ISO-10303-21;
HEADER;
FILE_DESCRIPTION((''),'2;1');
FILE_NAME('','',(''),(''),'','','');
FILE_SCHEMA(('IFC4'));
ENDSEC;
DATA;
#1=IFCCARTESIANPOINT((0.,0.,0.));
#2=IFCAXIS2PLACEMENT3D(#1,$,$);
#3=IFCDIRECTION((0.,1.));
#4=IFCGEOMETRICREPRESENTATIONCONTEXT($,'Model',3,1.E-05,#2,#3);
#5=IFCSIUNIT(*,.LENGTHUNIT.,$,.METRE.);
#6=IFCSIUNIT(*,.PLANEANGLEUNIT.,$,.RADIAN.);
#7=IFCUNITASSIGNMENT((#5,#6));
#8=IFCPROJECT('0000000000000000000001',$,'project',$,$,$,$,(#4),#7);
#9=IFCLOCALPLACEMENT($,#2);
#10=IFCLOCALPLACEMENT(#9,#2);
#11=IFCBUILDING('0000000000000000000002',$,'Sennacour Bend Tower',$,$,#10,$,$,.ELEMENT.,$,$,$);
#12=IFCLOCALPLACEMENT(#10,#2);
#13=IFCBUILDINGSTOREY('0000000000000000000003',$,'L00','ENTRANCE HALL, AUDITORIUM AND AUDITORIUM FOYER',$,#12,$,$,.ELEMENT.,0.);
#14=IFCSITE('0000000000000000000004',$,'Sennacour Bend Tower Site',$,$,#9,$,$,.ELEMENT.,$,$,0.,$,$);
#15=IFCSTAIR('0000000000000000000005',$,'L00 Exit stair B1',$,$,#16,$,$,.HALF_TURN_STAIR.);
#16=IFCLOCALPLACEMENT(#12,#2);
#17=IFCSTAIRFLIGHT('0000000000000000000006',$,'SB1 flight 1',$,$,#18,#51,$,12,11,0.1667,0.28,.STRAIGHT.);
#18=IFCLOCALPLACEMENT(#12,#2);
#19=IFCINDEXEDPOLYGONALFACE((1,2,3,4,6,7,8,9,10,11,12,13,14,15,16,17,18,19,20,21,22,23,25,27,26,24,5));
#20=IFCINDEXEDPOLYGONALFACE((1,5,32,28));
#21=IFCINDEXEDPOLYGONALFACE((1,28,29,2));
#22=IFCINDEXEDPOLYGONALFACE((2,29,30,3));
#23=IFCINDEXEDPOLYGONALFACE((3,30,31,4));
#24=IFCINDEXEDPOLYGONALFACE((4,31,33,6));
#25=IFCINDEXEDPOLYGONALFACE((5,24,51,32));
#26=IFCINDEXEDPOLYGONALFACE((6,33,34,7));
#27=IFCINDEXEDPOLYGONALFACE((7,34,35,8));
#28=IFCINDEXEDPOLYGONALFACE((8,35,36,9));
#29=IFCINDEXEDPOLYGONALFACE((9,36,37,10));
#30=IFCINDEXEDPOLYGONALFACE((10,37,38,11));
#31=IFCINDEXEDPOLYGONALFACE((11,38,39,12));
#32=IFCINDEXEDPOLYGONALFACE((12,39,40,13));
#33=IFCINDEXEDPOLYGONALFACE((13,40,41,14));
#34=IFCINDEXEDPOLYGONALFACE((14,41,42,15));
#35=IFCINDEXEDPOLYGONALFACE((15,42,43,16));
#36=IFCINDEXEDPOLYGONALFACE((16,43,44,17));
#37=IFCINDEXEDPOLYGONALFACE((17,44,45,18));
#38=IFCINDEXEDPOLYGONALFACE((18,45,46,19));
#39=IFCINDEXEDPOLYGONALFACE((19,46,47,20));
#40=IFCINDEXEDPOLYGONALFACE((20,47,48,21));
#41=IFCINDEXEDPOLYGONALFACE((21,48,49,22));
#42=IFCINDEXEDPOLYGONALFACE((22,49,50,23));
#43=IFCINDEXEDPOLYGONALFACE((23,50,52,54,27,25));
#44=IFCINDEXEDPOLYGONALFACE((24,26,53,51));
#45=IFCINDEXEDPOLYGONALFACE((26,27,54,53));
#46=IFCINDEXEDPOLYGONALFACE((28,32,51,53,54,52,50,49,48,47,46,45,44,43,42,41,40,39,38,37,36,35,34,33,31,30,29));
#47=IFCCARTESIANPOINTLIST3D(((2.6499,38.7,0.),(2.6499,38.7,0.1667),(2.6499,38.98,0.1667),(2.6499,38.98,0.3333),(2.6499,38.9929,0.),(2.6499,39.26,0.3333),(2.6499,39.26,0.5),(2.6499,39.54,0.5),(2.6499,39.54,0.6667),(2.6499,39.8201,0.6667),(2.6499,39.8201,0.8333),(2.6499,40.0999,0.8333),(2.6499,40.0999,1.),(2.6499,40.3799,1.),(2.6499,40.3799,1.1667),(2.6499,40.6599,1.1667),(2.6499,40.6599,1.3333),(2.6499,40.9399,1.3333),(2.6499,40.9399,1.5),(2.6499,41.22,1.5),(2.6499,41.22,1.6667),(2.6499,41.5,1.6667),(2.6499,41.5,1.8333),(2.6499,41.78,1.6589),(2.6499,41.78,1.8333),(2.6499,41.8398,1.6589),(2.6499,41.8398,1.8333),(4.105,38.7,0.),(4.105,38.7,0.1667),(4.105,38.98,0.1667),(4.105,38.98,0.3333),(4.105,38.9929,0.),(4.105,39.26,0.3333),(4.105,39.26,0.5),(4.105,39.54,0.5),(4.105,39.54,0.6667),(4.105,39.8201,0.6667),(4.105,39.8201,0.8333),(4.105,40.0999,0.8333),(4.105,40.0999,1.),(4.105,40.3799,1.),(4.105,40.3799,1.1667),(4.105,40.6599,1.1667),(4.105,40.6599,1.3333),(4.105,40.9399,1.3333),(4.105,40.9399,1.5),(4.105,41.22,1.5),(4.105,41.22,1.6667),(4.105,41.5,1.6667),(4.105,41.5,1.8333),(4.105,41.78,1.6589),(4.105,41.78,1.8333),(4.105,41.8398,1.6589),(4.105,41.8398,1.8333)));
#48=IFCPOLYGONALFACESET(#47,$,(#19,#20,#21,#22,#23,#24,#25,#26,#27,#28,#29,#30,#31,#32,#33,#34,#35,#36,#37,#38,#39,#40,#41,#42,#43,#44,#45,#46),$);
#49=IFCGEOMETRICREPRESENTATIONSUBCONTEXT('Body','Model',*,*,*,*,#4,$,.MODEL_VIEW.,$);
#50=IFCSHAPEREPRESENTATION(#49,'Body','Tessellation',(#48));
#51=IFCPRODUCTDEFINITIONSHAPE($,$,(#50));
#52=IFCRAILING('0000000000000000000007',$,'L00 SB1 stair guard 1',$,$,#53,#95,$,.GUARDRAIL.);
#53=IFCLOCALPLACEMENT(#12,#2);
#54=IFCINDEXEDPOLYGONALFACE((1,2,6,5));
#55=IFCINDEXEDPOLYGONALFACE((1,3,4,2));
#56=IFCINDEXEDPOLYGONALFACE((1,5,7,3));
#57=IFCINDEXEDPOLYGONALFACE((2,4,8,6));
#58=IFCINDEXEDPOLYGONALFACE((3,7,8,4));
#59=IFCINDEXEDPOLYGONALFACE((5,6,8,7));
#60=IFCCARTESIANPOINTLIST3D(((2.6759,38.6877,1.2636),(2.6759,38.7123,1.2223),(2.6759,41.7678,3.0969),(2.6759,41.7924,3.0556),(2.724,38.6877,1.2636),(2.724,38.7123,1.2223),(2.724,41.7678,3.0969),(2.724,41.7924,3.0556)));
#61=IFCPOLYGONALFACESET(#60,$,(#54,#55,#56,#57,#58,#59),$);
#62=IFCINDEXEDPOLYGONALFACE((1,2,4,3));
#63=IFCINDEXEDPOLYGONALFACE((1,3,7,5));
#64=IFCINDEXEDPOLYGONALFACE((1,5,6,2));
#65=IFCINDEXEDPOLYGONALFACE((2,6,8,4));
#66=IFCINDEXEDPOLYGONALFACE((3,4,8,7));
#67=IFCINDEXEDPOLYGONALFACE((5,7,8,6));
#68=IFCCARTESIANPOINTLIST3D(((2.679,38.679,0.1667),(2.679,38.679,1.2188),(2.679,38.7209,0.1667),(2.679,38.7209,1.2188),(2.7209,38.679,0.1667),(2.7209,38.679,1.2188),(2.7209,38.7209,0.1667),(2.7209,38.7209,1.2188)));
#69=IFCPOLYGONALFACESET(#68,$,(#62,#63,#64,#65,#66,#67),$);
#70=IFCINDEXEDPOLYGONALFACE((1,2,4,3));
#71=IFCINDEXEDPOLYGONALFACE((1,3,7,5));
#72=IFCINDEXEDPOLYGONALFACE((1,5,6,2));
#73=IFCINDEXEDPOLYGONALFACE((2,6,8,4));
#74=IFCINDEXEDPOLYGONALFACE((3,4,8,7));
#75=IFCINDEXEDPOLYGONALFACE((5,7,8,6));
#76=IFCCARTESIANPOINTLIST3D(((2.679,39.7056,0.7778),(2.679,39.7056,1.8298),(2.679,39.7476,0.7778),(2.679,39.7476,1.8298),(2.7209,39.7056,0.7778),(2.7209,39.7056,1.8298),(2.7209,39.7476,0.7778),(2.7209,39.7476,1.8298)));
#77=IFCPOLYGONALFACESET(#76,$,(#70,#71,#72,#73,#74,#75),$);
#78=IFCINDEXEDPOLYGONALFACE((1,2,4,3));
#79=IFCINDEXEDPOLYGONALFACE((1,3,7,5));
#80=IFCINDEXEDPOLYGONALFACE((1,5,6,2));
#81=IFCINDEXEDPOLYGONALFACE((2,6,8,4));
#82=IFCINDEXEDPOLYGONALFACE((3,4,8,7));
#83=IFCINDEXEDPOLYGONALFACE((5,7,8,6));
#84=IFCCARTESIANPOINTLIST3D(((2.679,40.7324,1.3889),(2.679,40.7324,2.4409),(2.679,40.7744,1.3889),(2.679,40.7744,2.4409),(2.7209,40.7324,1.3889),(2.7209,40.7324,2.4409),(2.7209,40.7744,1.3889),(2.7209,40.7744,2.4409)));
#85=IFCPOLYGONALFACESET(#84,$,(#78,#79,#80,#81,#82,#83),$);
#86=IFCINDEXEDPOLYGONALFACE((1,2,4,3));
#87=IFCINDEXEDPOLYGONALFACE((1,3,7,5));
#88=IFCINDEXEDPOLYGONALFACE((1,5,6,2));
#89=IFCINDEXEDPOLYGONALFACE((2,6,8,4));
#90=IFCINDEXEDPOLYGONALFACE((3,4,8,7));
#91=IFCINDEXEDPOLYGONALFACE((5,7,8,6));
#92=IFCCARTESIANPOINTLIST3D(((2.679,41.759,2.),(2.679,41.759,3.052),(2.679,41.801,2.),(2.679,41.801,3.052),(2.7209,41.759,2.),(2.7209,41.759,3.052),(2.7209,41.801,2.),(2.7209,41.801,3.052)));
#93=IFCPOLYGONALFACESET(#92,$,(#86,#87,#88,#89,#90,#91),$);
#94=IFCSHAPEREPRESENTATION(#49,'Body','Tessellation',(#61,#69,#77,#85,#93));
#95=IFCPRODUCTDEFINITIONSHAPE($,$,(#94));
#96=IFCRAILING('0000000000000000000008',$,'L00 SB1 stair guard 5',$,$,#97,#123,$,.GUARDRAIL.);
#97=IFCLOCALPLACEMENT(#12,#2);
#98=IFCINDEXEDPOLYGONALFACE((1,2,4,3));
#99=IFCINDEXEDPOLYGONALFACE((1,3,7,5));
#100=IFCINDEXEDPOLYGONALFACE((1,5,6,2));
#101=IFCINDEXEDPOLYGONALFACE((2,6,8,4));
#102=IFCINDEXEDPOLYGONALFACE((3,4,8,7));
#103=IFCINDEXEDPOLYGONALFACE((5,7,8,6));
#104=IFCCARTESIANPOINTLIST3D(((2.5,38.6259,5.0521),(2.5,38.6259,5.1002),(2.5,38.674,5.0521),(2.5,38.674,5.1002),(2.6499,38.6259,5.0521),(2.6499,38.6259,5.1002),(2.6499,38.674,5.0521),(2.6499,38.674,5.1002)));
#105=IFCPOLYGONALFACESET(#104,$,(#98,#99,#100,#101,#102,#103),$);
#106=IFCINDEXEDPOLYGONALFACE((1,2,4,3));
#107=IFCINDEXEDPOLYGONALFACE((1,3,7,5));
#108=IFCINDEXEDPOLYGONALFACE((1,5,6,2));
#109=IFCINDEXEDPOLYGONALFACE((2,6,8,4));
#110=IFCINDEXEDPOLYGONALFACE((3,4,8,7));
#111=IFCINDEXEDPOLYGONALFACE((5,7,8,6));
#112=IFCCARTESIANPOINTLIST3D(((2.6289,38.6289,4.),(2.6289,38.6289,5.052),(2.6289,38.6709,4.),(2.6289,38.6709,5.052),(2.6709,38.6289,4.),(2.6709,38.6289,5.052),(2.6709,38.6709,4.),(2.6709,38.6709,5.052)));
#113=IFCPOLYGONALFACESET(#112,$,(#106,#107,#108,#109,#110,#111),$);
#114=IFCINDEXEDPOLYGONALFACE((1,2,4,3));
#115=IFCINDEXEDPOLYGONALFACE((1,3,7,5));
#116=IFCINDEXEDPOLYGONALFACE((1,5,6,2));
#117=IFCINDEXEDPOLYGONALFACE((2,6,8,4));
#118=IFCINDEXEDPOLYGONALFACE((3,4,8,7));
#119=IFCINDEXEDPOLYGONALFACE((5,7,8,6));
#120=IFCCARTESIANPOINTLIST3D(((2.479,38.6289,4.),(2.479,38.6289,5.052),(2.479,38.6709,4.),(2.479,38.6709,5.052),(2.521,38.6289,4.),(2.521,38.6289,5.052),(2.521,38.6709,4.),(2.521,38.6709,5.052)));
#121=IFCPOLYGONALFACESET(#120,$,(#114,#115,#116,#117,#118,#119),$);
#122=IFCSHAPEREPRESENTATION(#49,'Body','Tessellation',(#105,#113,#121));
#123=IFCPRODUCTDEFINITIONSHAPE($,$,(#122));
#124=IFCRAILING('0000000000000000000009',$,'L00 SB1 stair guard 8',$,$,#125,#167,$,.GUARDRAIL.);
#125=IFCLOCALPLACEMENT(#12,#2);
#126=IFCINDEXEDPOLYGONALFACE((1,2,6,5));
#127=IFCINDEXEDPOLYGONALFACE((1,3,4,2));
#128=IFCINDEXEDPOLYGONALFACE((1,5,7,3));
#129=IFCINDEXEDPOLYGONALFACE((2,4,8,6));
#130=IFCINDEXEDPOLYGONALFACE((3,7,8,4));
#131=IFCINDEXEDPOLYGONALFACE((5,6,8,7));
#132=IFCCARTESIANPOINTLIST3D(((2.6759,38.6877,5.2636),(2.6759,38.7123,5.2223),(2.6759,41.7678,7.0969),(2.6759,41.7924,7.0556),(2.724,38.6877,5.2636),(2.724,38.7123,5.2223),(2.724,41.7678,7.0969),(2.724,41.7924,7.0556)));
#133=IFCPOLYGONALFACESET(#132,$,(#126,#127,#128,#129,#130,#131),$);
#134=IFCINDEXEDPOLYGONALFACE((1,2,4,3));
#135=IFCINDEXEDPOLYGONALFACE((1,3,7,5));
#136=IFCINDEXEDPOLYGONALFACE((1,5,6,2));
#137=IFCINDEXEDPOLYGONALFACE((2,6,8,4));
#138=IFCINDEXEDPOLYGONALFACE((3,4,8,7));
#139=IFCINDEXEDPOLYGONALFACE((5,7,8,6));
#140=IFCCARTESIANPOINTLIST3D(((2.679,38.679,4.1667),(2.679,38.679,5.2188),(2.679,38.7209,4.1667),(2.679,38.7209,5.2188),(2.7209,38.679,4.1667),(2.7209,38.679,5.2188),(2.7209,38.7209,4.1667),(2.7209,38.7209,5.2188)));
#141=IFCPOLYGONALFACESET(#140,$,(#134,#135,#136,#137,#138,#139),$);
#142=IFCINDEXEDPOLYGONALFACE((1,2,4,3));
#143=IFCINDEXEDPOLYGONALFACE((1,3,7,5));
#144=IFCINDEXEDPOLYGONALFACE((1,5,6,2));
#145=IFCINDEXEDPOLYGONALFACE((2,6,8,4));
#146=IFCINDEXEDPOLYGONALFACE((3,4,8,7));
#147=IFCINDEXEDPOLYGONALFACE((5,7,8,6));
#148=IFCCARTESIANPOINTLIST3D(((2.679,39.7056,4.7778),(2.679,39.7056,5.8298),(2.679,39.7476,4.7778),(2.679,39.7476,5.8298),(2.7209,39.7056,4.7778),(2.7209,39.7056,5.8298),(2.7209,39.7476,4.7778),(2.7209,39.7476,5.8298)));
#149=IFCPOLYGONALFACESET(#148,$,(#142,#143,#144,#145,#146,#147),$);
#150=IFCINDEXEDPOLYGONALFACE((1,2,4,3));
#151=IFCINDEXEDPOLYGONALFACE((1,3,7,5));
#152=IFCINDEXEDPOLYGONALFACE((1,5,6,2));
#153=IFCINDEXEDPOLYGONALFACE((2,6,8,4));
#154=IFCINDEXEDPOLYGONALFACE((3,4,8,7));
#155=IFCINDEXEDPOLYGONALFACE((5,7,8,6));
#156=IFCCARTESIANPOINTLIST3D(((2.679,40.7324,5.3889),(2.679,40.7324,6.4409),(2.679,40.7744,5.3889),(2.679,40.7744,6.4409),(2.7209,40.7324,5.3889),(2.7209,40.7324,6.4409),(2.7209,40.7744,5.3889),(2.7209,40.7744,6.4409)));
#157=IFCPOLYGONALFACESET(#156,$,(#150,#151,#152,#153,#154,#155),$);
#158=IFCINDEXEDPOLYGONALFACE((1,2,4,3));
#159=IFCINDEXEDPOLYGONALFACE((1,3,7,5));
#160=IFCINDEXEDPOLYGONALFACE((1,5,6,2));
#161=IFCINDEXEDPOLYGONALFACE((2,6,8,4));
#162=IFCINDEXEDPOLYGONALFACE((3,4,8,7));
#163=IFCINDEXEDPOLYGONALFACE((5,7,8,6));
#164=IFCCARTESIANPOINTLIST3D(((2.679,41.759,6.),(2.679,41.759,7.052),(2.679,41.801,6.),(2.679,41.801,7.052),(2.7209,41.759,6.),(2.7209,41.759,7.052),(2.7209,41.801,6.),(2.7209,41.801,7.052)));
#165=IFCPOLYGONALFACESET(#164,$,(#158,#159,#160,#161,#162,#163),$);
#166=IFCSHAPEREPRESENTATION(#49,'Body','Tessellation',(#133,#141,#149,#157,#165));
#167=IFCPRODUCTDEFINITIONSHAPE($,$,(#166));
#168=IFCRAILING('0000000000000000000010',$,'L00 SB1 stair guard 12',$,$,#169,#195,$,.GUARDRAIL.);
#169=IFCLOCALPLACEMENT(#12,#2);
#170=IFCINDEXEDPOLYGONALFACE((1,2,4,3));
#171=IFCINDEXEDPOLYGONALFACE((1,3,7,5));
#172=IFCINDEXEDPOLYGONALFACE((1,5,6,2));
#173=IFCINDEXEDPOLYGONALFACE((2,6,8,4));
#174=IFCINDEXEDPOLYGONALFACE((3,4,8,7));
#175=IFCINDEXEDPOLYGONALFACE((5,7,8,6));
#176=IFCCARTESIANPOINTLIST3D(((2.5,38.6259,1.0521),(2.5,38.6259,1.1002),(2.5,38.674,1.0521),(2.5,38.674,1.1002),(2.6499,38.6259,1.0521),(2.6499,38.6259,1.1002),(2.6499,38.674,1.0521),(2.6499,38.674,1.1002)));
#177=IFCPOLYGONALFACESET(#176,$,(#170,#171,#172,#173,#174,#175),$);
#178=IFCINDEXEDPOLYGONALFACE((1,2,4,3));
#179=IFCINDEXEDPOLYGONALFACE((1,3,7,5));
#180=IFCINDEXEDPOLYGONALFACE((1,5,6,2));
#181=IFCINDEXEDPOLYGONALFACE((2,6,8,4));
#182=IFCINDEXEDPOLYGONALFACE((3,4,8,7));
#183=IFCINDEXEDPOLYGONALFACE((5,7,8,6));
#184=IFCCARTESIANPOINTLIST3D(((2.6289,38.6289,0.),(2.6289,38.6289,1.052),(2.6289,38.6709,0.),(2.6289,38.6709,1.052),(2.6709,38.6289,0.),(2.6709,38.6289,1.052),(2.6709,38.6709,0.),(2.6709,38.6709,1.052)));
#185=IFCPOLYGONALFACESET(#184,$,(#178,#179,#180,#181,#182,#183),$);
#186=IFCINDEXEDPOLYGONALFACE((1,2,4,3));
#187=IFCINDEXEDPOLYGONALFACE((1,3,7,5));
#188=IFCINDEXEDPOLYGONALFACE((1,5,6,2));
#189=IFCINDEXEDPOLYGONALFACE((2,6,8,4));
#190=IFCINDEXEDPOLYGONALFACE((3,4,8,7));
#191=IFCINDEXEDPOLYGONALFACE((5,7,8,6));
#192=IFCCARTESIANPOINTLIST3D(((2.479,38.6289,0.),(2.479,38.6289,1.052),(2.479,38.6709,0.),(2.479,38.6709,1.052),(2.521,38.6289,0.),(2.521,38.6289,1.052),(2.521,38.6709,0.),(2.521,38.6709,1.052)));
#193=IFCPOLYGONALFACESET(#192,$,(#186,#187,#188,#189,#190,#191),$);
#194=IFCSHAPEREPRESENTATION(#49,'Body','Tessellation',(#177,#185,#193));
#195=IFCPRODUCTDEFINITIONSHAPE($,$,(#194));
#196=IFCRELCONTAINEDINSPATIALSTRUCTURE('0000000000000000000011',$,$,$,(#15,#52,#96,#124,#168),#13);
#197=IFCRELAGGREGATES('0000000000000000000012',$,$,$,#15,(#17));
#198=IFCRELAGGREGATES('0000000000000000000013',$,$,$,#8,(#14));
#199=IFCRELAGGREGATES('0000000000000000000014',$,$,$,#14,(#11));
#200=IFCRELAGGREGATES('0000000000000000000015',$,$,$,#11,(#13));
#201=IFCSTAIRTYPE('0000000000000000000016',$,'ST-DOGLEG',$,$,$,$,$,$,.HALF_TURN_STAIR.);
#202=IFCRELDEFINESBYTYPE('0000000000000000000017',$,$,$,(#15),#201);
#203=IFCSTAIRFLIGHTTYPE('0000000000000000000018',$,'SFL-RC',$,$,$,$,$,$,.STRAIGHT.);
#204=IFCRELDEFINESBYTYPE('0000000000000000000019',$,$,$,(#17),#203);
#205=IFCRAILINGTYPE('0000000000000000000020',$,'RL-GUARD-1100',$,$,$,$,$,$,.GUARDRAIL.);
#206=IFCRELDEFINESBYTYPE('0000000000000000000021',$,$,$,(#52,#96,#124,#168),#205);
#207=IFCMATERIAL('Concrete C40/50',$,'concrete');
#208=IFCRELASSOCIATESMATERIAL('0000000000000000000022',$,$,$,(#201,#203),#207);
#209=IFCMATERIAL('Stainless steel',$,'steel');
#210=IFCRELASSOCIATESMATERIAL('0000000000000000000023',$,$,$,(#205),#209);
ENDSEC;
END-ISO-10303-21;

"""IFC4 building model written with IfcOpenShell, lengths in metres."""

from ifc_helpers import new_model, si_unit, direction, frame, origin, origin_2d, place, context, subcontext, project, spatial, polyline, rectangle, outline, extrude, material, type_object, element, aggregate, save


model = new_model("IFC4")

# Units and contexts
model_context = context("Model", 3, precision=1e-05, world=origin(), true_north=direction((0.0, 1.0)))
body_context = subcontext(model_context, "Body", "Model", "MODEL_VIEW")
ifc_project = project(units=[si_unit("LENGTHUNIT", "METRE"), si_unit("PLANEANGLEUNIT", "RADIAN")], contexts=[model_context])

# Site, building, storey
site_placement = place(None, origin())
site = spatial("IfcSite", under=ifc_project, at=site_placement, Name="Sennacour Bend Tower Site", CompositionType="ELEMENT", RefElevation=0.0)
building_placement = place(site_placement, origin())
building = spatial("IfcBuilding", under=site, at=building_placement, Name="Sennacour Bend Tower", CompositionType="ELEMENT")
storey_placement = place(building_placement, origin())
storey = spatial("IfcBuildingStorey", under=building, at=storey_placement, Name="L00", Description="ENTRANCE HALL, AUDITORIUM AND AUDITORIUM FOYER", CompositionType="ELEMENT", Elevation=0.0)

# Stair, stair flight
ifc_material_1 = material(Name="Concrete C40/50", Category="concrete")
stair_type = type_object("IfcStairType", Name="ST-DOGLEG", PredefinedType="HALF_TURN_STAIR", material=ifc_material_1)
stair_placement = place(storey_placement, origin())
stair = element("IfcStair", 1, at=stair_placement, inside=storey, type_object=stair_type, Name="L00 Exit stair B1", PredefinedType="HALF_TURN_STAIR")
stair_flight_type = type_object("IfcStairFlightType", Name="SFL-RC", PredefinedType="STRAIGHT", material=ifc_material_1)
stair_flight_placement = place(storey_placement, frame((3.3774, 38.7, 0.0), z_axis=(0.0, 0.0, 1.0), x_axis=(0.0, 1.0, 0.0)))
stair_flight = element("IfcStairFlight", 2, at=stair_flight_placement, type_object=stair_flight_type, Name="SB1 flight 1", NumberOfRisers=12, NumberOfTreads=11, PredefinedType="STRAIGHT", RiserHeight=0.1667, TreadLength=0.28, context=body_context, shape_type="SweptSolid", body=[
    extrude(outline(polyline([(0.0, 0.0), (0.0, 0.1667), (0.28, 0.1667), (0.28, 0.3333), (0.5601, 0.3333), (0.5601, 0.5), (0.8401, 0.5), (0.8401, 0.6667), (1.1201, 0.6667), (1.1201, 0.8333), (1.3999, 0.8333), (1.3999, 1.0), (1.6799, 1.0), (1.6799, 1.1667), (1.96, 1.1667), (1.96, 1.3333), (2.24, 1.3333), (2.24, 1.5), (2.52, 1.5), (2.52, 1.6667), (2.8, 1.6667), (2.8, 1.8333), (3.0801, 1.8333), (3.1399, 1.8333), (3.1399, 1.6589), (3.0801, 1.6589), (0.293, 0.0), (0.0, 0.0)])), frame((0.0, 0.7275, 0.0), z_axis=(0.0, -1.0, 0.0), x_axis=(1.0, 0.0, 0.0)), (0.0, 0.0, 1.0), 1.4551),
])
aggregate(stair, [stair_flight])

# Railings
ifc_material_2 = material(Name="Stainless steel", Category="steel")
railing_type = type_object("IfcRailingType", Name="RL-GUARD-1100", PredefinedType="GUARDRAIL", material=ifc_material_2)
railing_1_placement = place(storey_placement, frame((2.7, 38.7, 0.1667)))
element("IfcRailing", 3, at=railing_1_placement, inside=storey, type_object=railing_type, Name="L00 SB1 stair guard 1", PredefinedType="GUARDRAIL", context=body_context, shape_type="SweptSolid", body=[
    extrude(rectangle(XDim=0.0481, YDim=0.0481, at=origin_2d()), frame((0.0, 0.0, 1.0762), z_axis=(0.0, 0.859309, 0.511458), x_axis=(-1.0, 0.0, 0.0)), (0.0, 0.0, 1.0), 3.5845),
    extrude(rectangle(XDim=0.042, YDim=0.042, at=origin_2d()), origin(), (0.0, 0.0, 1.0), 1.052),
    extrude(rectangle(XDim=0.042, YDim=0.042, at=origin_2d()), frame((0.0, 1.0266, 0.6111)), (0.0, 0.0, 1.0), 1.052),
    extrude(rectangle(XDim=0.042, YDim=0.042, at=origin_2d()), frame((0.0, 2.0535, 1.2222)), (0.0, 0.0, 1.0), 1.052),
    extrude(rectangle(XDim=0.042, YDim=0.042, at=origin_2d()), frame((0.0, 3.0801, 1.8333)), (0.0, 0.0, 1.0), 1.052),
])
railing_2_placement = place(storey_placement, frame((2.6499, 38.6499, 4.0)))
element("IfcRailing", 4, at=railing_2_placement, inside=storey, type_object=railing_type, Name="L00 SB1 stair guard 5", PredefinedType="GUARDRAIL", context=body_context, shape_type="SweptSolid", body=[
    extrude(rectangle(XDim=0.0481, YDim=0.0481, at=origin_2d()), frame((0.0, 0.0, 1.0762), z_axis=(-1.0, 0.0, 0.0), x_axis=(0.0, -1.0, 0.0)), (0.0, 0.0, 1.0), 0.1499),
    extrude(rectangle(XDim=0.042, YDim=0.042, at=origin_2d()), origin(), (0.0, 0.0, 1.0), 1.052),
    extrude(rectangle(XDim=0.042, YDim=0.042, at=origin_2d()), frame((-0.1499, 0.0, 0.0)), (0.0, 0.0, 1.0), 1.052),
])
railing_3_placement = place(storey_placement, frame((2.7, 38.7, 4.1667)))
element("IfcRailing", 5, at=railing_3_placement, inside=storey, type_object=railing_type, Name="L00 SB1 stair guard 8", PredefinedType="GUARDRAIL", context=body_context, shape_type="SweptSolid", body=[
    extrude(rectangle(XDim=0.0481, YDim=0.0481, at=origin_2d()), frame((0.0, 0.0, 1.0762), z_axis=(0.0, 0.859309, 0.511458), x_axis=(-1.0, 0.0, 0.0)), (0.0, 0.0, 1.0), 3.5845),
    extrude(rectangle(XDim=0.042, YDim=0.042, at=origin_2d()), origin(), (0.0, 0.0, 1.0), 1.052),
    extrude(rectangle(XDim=0.042, YDim=0.042, at=origin_2d()), frame((0.0, 1.0266, 0.6111)), (0.0, 0.0, 1.0), 1.052),
    extrude(rectangle(XDim=0.042, YDim=0.042, at=origin_2d()), frame((0.0, 2.0535, 1.2222)), (0.0, 0.0, 1.0), 1.052),
    extrude(rectangle(XDim=0.042, YDim=0.042, at=origin_2d()), frame((0.0, 3.0801, 1.8333)), (0.0, 0.0, 1.0), 1.052),
])
railing_4_placement = place(storey_placement, frame((2.6499, 38.6499, 0.0)))
element("IfcRailing", 6, at=railing_4_placement, inside=storey, type_object=railing_type, Name="L00 SB1 stair guard 12", PredefinedType="GUARDRAIL", context=body_context, shape_type="SweptSolid", body=[
    extrude(rectangle(XDim=0.0481, YDim=0.0481, at=origin_2d()), frame((0.0, 0.0, 1.0762), z_axis=(-1.0, 0.0, 0.0), x_axis=(0.0, -1.0, 0.0)), (0.0, 0.0, 1.0), 0.1499),
    extrude(rectangle(XDim=0.042, YDim=0.042, at=origin_2d()), origin(), (0.0, 0.0, 1.0), 1.052),
    extrude(rectangle(XDim=0.042, YDim=0.042, at=origin_2d()), frame((-0.1499, 0.0, 0.0)), (0.0, 0.0, 1.0), 1.052),
])

save(model, "model.ifc")
